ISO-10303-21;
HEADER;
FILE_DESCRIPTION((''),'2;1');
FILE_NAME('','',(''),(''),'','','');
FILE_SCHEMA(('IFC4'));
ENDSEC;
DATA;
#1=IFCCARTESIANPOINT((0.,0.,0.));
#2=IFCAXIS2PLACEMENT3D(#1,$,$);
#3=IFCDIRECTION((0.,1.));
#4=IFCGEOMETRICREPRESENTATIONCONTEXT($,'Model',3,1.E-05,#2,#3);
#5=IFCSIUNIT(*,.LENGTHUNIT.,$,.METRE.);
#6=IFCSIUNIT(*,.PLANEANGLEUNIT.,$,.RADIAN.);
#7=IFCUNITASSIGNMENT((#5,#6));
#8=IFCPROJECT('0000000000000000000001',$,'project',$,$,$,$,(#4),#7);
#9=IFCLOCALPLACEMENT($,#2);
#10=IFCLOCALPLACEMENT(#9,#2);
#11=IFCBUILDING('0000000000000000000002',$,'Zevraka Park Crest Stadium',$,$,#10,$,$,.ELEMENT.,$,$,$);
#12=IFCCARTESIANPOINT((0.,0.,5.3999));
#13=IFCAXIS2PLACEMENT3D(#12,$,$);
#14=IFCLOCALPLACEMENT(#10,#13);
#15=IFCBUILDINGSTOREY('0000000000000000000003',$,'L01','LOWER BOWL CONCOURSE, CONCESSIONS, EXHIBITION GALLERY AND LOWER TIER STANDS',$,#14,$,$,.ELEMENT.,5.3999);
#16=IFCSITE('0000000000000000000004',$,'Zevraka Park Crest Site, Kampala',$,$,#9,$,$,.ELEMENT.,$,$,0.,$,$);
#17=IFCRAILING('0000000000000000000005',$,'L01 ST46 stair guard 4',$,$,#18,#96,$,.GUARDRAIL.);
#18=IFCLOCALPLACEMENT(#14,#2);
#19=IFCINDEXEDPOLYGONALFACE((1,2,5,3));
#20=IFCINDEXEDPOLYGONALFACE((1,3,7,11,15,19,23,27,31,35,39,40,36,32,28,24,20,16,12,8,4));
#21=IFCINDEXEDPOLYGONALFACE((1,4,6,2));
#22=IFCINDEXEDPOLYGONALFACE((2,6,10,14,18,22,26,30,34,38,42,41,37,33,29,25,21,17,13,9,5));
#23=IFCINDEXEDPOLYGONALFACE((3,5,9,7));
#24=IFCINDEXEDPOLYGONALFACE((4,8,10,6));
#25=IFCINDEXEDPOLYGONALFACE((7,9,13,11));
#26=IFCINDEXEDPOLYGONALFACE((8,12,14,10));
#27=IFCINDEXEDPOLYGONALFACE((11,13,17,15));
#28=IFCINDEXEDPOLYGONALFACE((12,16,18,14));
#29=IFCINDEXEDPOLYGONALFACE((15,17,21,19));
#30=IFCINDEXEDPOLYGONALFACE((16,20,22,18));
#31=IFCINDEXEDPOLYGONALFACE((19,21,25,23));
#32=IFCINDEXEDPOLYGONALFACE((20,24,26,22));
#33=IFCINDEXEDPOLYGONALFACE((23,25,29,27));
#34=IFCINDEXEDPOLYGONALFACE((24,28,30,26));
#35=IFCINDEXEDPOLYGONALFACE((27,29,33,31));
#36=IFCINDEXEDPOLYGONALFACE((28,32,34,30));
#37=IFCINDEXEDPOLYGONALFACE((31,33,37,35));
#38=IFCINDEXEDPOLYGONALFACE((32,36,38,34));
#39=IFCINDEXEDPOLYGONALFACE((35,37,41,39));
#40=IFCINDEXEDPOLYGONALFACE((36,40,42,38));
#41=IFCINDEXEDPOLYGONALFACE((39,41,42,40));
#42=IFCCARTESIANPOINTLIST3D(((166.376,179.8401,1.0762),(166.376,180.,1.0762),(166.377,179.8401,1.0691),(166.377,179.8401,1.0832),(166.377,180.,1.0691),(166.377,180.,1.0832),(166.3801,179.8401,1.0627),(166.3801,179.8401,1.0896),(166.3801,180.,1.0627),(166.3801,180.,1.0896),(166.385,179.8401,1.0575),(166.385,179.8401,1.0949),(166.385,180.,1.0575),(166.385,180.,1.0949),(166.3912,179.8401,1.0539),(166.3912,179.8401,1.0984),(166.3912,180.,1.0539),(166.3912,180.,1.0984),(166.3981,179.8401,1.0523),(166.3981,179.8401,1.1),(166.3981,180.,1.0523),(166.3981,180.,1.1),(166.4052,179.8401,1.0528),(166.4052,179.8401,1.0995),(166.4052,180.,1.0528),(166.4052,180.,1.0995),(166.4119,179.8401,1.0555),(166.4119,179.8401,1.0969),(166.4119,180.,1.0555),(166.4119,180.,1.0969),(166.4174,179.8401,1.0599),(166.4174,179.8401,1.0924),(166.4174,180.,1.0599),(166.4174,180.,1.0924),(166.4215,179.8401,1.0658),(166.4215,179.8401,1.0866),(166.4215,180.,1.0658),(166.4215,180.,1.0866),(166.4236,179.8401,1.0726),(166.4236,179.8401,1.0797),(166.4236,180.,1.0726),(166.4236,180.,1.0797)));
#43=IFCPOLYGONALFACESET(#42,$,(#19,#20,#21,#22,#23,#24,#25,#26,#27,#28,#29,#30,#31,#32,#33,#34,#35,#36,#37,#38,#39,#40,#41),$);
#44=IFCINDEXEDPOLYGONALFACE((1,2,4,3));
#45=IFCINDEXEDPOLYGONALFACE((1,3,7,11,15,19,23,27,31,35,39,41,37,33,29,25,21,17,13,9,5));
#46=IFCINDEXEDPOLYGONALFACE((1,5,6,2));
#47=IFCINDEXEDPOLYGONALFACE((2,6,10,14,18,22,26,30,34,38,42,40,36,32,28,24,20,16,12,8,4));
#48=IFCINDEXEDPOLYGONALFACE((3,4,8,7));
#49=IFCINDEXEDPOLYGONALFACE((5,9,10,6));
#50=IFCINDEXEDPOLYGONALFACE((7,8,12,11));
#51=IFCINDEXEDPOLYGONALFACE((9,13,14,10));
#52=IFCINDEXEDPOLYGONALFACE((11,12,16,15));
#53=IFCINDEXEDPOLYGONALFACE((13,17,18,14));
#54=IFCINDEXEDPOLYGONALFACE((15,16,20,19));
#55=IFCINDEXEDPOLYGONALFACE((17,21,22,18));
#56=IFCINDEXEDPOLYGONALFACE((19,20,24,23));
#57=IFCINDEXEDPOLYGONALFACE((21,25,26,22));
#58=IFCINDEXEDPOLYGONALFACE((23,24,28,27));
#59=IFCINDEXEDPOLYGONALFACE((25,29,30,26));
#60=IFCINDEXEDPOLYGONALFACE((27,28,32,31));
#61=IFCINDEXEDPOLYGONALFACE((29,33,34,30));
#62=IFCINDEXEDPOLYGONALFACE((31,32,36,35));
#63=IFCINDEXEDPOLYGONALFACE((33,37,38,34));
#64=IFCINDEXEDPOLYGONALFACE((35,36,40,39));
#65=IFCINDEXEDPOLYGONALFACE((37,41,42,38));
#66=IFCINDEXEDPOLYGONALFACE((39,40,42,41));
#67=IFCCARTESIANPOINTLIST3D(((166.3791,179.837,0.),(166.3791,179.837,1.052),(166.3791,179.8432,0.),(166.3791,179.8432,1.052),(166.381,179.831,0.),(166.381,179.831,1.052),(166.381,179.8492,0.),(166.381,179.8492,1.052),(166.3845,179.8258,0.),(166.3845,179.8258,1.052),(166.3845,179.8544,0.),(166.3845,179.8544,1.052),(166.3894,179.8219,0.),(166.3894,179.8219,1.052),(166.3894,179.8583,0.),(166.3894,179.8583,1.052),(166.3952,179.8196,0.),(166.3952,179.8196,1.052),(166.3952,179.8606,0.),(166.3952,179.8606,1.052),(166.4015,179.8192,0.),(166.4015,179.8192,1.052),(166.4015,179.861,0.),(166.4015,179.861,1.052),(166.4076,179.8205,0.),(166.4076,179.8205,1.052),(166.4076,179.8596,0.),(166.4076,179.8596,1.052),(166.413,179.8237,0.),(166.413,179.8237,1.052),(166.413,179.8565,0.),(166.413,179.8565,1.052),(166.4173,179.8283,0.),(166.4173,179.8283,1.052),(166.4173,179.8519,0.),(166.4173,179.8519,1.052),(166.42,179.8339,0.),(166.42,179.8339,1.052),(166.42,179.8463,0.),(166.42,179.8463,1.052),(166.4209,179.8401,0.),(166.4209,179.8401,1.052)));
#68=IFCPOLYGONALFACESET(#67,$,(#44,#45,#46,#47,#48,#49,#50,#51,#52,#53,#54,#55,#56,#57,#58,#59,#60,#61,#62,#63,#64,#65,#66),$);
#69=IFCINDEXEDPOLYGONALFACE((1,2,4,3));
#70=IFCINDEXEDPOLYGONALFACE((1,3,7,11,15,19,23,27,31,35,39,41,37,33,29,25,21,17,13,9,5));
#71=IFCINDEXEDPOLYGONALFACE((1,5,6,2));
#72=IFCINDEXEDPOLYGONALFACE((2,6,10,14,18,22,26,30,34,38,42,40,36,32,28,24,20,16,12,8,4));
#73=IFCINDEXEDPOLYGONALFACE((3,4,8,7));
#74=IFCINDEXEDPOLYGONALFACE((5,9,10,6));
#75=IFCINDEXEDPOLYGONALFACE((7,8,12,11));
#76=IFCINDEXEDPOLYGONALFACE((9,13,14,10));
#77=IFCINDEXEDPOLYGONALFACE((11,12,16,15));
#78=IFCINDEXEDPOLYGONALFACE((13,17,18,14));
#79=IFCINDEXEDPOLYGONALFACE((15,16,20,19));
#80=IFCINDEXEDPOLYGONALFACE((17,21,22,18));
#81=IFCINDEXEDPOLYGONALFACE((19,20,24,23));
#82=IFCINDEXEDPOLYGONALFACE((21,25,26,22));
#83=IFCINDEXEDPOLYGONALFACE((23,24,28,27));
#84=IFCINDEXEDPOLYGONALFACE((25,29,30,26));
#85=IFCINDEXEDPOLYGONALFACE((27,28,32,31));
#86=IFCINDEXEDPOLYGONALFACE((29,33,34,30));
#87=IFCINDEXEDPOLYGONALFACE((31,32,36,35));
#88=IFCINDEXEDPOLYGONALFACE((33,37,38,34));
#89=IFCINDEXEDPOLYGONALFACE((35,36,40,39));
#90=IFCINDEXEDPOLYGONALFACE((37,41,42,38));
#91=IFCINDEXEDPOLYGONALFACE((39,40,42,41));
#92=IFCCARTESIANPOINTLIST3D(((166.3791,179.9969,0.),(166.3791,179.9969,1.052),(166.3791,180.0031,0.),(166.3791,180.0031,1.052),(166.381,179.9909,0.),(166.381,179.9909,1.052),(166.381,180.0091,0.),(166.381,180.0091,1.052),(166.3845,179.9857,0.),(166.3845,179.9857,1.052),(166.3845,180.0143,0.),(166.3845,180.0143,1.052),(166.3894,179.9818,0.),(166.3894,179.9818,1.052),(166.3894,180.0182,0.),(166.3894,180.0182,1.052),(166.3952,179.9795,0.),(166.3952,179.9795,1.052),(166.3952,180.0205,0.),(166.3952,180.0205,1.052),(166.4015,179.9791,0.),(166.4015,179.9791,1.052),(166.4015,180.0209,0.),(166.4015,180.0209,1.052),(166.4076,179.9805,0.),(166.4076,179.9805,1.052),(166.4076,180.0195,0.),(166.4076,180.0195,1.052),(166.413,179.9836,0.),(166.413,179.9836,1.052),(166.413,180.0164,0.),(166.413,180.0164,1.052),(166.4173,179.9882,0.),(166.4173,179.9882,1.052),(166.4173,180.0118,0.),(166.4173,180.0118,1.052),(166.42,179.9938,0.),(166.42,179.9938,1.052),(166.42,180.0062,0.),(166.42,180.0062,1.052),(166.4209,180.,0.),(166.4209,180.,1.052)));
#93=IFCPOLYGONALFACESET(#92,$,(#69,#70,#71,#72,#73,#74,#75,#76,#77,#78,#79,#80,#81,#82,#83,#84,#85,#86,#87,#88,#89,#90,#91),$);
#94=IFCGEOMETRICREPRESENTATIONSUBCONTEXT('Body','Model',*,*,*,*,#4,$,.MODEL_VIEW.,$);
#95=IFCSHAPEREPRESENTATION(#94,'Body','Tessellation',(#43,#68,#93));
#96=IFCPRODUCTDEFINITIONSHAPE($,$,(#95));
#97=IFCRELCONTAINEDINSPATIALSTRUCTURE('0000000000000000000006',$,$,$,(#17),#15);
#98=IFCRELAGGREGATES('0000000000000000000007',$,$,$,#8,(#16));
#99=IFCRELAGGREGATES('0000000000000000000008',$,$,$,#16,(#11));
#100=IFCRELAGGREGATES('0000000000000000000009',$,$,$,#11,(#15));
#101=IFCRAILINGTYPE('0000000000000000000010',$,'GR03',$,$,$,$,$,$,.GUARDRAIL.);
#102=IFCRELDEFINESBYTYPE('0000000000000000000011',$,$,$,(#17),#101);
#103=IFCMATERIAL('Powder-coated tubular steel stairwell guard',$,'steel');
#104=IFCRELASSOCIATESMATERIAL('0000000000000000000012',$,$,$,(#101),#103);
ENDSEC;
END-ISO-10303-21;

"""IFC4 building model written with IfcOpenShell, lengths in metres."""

from ifc_helpers import new_model, si_unit, direction, frame, origin, origin_2d, place, context, subcontext, project, spatial, circle, extrude, material, type_object, element, save


model = new_model("IFC4")

# Units and contexts
model_context = context("Model", 3, precision=1e-05, world=origin(), true_north=direction((0.0, 1.0)))
body_context = subcontext(model_context, "Body", "Model", "MODEL_VIEW")
ifc_project = project(units=[si_unit("LENGTHUNIT", "METRE"), si_unit("PLANEANGLEUNIT", "RADIAN")], contexts=[model_context])

# Site, building, storey
site_placement = place(None, origin())
site = spatial("IfcSite", under=ifc_project, at=site_placement, Name="Zevraka Park Crest Site, Kampala", CompositionType="ELEMENT", RefElevation=0.0)
building_placement = place(site_placement, origin())
building = spatial("IfcBuilding", under=site, at=building_placement, Name="Zevraka Park Crest Stadium", CompositionType="ELEMENT")
storey_placement = place(building_placement, frame((0.0, 0.0, 5.3999)))
storey = spatial("IfcBuildingStorey", under=building, at=storey_placement, Name="L01", Description="LOWER BOWL CONCOURSE, CONCESSIONS, EXHIBITION GALLERY AND LOWER TIER STANDS", CompositionType="ELEMENT", Elevation=5.3999)

# Railing
ifc_material_1 = material(Name="Powder-coated tubular steel stairwell guard", Category="steel")
railing_type_1 = type_object("IfcRailingType", Name="GR03", PredefinedType="GUARDRAIL", material=ifc_material_1)
railing_1_placement = place(storey_placement, frame((166.3999, 179.8401, 0.0)))
element("IfcRailing", 1, at=railing_1_placement, inside=storey, type_object=railing_type_1, Name="L01 ST46 stair guard 4", PredefinedType="GUARDRAIL", context=body_context, shape_type="SweptSolid", body=[
    extrude(circle(Radius=0.0239, at=origin_2d()), frame((0.0, 0.0, 1.0762), z_axis=(0.0, 1.0, 0.0), x_axis=(-1.0, 0.0, 0.0)), (0.0, 0.0, 1.0), 0.1599),
    extrude(circle(Radius=0.021, at=origin_2d()), origin(), (0.0, 0.0, 1.0), 1.052),
    extrude(circle(Radius=0.021, at=origin_2d()), frame((0.0, 0.1599, 0.0)), (0.0, 0.0, 1.0), 1.052),
])

save(model, "model.ifc")
